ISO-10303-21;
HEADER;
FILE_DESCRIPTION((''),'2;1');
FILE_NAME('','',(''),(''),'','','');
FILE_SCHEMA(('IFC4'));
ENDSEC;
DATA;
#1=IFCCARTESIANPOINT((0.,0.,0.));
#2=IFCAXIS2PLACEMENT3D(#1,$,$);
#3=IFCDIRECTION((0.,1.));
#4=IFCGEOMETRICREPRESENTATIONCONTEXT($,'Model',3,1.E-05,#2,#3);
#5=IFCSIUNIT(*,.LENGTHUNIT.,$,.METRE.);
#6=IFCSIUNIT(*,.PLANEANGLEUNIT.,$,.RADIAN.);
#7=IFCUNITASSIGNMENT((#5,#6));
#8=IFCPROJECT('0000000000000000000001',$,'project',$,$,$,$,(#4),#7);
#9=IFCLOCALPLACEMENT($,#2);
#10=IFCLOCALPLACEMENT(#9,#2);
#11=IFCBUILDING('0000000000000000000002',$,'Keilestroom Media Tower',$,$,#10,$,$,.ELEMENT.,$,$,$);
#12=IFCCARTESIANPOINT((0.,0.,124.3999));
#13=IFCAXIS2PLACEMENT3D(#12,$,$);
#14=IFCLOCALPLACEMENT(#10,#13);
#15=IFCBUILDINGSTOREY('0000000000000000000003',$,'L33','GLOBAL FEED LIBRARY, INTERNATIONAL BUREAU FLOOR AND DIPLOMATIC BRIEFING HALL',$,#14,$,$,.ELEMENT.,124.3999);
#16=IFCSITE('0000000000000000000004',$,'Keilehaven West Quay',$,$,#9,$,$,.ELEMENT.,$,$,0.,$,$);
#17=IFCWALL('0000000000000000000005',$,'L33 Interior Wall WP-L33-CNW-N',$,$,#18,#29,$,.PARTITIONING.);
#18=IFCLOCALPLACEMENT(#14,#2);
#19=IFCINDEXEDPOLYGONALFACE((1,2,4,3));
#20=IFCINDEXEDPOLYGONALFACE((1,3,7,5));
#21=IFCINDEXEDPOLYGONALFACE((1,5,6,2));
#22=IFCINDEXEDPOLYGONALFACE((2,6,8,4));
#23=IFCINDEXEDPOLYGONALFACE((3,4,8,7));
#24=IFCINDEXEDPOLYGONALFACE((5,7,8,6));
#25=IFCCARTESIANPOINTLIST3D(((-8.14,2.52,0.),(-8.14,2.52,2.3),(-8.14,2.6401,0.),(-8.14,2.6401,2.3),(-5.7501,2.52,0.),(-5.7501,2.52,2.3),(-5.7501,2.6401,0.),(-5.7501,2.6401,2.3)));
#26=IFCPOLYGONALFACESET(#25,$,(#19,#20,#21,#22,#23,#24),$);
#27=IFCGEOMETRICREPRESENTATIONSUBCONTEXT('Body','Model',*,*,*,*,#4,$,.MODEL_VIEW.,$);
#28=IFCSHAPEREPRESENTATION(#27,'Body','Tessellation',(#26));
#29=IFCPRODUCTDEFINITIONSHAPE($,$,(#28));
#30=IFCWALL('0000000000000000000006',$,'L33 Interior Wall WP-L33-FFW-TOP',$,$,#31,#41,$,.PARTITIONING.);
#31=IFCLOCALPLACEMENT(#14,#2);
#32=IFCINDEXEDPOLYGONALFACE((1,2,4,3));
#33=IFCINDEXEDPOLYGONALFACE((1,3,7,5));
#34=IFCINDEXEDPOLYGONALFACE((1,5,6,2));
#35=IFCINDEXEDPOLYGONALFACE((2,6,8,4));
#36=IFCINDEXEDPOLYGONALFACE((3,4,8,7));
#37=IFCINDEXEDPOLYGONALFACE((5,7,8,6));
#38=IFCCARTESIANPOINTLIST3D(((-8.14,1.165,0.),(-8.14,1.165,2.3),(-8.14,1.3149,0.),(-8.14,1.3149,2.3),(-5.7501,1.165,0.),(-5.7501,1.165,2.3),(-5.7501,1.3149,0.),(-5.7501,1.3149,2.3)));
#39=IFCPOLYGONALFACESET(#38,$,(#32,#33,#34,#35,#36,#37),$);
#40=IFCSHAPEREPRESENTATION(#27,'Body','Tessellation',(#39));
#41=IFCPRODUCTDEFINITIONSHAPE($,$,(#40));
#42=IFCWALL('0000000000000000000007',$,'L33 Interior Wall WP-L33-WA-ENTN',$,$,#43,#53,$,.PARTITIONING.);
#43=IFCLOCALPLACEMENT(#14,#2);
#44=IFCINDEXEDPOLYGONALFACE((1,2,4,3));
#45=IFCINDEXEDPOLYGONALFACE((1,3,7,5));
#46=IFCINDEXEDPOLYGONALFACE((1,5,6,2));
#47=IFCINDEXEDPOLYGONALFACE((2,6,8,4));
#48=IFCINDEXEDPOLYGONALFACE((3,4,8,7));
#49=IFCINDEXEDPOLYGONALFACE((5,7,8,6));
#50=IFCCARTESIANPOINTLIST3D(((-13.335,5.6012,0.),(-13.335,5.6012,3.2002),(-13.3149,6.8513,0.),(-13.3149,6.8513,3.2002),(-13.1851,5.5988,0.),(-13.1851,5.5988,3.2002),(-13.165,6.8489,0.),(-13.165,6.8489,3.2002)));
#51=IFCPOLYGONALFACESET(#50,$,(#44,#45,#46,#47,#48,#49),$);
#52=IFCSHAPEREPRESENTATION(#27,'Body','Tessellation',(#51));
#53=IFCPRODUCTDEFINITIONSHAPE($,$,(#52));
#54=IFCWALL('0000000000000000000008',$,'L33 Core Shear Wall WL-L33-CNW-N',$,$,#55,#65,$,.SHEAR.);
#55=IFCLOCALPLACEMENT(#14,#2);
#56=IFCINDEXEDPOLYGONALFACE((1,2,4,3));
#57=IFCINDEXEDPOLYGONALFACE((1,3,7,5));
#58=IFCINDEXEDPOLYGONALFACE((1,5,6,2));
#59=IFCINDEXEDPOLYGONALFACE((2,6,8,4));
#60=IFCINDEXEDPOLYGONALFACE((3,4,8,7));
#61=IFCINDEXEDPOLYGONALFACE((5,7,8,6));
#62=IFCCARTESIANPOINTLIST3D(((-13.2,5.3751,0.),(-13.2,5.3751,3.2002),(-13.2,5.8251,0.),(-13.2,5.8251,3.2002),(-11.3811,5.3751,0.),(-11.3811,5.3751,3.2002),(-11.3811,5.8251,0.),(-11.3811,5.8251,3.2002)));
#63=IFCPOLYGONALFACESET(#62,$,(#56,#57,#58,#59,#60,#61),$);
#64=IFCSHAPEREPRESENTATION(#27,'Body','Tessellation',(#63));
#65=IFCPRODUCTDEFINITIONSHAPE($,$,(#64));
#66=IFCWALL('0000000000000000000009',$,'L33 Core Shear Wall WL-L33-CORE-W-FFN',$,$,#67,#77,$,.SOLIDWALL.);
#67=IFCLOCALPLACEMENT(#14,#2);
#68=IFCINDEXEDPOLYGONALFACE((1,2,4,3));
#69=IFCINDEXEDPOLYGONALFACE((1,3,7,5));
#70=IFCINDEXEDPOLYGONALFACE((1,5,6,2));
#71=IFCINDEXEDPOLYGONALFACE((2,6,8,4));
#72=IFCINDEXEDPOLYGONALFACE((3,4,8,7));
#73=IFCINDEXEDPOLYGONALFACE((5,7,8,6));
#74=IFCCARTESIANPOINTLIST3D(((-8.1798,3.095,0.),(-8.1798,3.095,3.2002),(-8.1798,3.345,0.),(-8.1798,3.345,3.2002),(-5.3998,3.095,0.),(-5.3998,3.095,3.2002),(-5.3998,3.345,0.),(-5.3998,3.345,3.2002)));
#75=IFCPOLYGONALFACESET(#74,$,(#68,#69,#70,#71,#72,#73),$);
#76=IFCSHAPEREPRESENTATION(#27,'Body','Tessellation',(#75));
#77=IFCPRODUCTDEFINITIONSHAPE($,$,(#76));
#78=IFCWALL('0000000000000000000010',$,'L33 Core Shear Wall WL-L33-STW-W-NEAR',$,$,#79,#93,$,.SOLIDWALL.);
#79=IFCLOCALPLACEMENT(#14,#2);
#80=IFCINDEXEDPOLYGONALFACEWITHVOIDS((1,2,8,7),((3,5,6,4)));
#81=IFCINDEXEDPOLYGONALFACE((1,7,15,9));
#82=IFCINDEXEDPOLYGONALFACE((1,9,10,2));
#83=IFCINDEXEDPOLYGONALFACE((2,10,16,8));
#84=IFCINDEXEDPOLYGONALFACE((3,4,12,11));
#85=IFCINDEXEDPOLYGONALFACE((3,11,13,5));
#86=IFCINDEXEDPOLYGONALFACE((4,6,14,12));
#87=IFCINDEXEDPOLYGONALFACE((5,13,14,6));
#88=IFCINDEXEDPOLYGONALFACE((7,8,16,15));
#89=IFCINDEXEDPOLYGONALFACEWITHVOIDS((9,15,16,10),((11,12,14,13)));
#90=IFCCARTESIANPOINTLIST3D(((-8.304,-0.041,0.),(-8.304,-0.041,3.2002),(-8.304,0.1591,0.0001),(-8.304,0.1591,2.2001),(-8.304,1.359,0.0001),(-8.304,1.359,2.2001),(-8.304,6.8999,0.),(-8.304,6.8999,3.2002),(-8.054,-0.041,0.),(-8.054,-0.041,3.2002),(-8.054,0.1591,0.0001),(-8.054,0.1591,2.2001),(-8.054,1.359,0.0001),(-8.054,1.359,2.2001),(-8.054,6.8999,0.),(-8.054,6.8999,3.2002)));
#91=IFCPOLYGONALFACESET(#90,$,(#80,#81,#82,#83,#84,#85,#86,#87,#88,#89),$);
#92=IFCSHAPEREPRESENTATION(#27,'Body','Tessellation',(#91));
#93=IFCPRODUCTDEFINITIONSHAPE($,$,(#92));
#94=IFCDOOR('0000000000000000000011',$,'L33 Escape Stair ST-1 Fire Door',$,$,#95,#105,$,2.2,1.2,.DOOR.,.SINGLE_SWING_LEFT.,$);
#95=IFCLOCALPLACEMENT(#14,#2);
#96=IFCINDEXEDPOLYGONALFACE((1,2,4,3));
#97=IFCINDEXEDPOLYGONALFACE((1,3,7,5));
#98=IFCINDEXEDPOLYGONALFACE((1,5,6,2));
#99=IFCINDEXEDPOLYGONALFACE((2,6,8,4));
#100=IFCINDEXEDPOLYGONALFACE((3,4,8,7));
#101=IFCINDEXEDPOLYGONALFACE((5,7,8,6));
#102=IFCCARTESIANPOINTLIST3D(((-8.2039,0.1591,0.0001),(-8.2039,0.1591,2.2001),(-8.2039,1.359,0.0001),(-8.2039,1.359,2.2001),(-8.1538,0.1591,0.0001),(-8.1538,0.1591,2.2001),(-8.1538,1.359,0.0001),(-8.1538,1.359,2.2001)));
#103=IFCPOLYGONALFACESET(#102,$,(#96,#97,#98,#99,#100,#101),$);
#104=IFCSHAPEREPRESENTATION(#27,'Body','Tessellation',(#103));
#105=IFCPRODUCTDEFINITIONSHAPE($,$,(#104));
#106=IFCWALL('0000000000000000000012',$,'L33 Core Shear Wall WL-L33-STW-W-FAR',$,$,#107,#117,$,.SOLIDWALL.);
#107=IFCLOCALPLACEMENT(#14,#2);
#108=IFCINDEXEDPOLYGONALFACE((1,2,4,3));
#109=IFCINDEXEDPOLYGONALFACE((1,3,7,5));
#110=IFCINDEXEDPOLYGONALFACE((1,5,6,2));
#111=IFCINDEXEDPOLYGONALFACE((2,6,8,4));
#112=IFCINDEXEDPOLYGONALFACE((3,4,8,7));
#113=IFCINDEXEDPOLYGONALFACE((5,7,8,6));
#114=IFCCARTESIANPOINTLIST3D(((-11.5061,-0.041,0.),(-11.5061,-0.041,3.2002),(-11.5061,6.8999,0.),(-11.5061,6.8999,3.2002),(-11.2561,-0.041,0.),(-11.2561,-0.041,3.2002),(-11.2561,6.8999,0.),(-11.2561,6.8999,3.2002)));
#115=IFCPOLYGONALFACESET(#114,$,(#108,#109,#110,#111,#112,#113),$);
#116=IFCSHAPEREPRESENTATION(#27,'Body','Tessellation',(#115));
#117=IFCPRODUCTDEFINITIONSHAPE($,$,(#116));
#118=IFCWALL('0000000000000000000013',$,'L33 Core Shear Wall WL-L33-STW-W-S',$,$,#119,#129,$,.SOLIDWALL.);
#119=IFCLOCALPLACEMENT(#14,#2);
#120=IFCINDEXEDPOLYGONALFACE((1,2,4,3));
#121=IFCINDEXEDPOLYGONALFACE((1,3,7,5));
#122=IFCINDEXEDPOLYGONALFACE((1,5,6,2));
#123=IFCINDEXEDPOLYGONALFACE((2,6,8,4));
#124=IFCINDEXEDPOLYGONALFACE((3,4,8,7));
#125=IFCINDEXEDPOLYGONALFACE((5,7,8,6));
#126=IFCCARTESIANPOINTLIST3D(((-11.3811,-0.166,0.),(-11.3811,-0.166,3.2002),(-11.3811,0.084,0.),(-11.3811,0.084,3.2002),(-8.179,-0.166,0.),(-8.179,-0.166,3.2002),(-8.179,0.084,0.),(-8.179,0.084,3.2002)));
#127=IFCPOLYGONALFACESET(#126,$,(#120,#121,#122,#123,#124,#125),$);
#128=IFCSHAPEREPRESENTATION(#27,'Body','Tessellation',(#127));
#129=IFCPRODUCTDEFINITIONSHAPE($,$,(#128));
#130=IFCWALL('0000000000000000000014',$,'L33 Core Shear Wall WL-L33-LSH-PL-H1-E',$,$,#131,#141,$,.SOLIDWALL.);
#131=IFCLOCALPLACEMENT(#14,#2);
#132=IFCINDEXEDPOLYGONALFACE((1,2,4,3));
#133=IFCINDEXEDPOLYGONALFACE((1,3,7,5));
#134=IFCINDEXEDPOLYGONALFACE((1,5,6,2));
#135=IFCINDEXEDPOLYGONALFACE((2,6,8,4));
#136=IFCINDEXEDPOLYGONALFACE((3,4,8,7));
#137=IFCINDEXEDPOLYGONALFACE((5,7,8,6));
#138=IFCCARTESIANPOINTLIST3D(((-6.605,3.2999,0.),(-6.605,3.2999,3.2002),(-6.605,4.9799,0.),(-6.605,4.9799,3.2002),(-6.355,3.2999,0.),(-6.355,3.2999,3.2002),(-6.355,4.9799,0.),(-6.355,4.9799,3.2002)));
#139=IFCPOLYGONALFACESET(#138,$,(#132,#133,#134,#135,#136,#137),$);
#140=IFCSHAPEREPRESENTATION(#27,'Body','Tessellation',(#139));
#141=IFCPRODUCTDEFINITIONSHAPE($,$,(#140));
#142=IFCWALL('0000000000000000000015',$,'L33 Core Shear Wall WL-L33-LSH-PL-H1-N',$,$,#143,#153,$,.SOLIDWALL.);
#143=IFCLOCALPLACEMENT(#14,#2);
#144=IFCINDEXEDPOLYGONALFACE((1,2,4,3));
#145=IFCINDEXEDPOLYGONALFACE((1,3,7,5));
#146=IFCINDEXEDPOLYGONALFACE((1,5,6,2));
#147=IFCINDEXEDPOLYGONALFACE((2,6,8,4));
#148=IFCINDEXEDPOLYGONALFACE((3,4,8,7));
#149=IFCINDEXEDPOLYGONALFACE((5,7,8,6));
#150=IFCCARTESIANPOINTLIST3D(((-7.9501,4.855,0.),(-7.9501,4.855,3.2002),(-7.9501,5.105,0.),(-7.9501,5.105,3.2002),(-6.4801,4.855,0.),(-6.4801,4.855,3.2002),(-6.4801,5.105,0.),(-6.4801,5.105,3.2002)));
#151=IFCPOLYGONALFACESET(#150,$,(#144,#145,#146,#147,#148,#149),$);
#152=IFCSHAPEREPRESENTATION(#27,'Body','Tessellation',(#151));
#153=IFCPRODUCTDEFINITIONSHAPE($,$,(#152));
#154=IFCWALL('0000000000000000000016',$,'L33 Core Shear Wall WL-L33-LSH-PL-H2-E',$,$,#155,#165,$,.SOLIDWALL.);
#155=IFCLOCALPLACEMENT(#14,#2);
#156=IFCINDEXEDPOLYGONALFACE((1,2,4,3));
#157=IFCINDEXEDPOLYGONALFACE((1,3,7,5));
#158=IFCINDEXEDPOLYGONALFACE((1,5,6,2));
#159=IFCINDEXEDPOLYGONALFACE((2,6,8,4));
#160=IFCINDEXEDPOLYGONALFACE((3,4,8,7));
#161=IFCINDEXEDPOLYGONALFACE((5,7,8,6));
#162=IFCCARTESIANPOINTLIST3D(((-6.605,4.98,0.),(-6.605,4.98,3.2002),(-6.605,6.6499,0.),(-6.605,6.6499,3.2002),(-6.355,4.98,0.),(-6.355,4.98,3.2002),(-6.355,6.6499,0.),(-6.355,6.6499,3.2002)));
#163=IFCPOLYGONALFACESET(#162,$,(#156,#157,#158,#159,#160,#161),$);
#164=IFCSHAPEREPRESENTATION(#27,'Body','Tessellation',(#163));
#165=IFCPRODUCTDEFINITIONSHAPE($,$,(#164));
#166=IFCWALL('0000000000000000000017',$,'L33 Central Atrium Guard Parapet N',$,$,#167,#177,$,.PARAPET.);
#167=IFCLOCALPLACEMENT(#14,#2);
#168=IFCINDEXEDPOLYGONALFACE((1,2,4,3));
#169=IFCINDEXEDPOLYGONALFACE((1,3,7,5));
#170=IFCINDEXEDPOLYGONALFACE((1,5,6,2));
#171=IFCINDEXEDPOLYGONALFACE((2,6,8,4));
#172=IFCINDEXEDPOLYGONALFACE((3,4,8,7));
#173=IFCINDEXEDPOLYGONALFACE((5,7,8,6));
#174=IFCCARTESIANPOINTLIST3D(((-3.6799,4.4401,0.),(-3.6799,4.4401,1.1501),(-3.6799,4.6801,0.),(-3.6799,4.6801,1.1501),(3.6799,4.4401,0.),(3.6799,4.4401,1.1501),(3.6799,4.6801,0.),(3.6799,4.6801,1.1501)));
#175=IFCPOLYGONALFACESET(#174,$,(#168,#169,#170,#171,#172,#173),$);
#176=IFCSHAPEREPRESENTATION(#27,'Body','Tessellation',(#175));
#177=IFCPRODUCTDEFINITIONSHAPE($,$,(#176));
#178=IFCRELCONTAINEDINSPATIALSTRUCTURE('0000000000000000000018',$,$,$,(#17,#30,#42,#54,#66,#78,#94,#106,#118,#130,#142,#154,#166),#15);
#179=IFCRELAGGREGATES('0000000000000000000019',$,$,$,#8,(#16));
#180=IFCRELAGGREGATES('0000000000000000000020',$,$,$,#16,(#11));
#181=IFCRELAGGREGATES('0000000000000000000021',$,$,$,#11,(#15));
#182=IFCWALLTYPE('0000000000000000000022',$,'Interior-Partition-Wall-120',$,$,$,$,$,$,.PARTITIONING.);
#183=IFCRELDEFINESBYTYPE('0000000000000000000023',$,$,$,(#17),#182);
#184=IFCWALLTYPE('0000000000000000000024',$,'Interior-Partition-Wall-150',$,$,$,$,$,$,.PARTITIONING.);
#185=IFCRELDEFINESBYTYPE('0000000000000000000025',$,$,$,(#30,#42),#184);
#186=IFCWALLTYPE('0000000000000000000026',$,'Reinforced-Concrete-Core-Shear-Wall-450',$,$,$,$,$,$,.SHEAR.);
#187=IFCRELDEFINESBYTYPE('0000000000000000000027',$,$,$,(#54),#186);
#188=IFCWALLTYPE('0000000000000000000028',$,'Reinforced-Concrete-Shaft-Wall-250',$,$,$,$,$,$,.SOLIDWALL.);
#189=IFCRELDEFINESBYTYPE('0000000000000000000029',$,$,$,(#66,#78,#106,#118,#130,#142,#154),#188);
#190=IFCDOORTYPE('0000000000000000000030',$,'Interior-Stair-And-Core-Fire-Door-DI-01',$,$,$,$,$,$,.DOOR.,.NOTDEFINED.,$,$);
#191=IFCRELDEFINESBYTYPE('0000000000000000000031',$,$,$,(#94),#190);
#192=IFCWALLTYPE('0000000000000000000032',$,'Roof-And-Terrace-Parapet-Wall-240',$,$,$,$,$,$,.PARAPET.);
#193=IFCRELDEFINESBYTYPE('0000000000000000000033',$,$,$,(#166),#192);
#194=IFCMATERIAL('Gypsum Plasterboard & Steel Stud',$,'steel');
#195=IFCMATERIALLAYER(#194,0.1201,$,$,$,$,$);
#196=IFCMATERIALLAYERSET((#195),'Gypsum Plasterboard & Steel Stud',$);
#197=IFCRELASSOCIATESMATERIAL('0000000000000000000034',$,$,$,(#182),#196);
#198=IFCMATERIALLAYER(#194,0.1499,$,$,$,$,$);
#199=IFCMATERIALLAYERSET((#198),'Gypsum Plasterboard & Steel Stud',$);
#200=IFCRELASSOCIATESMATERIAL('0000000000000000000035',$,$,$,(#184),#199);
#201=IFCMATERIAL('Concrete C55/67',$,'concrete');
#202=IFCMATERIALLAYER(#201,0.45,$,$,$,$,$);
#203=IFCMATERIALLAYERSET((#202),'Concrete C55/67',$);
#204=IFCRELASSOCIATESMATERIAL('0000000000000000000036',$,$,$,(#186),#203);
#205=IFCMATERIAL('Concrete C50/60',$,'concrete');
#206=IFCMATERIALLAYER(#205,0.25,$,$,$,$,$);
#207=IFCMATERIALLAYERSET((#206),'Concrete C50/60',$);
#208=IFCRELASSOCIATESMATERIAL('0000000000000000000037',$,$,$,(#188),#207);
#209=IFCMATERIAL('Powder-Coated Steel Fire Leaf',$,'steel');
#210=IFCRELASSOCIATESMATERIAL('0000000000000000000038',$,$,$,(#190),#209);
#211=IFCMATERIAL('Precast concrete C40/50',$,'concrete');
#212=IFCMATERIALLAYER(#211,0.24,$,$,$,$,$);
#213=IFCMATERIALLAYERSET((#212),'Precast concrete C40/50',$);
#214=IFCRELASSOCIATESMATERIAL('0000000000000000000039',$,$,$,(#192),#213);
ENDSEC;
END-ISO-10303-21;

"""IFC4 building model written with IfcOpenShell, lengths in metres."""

from ifc_helpers import new_model, si_unit, direction, frame, frame_2d, origin, place, context, subcontext, project, spatial, rectangle, extrude, source, transform, mapped, material, layer, layer_set, type_object, element, fill, save


model = new_model("IFC4")

# Units and contexts
model_context = context("Model", 3, precision=1e-05, world=origin(), true_north=direction((0.0, 1.0)))
body_context = subcontext(model_context, "Body", "Model", "MODEL_VIEW")
ifc_project = project(units=[si_unit("LENGTHUNIT", "METRE"), si_unit("PLANEANGLEUNIT", "RADIAN")], contexts=[model_context])

# Site, building, storey
site_placement = place(None, origin())
site = spatial("IfcSite", under=ifc_project, at=site_placement, Name="Keilehaven West Quay", CompositionType="ELEMENT", RefElevation=0.0)
building_placement = place(site_placement, origin())
building = spatial("IfcBuilding", under=site, at=building_placement, Name="Keilestroom Media Tower", CompositionType="ELEMENT")
storey_placement = place(building_placement, frame((0.0, 0.0, 124.3999)))
storey = spatial("IfcBuildingStorey", under=building, at=storey_placement, Name="L33", Description="GLOBAL FEED LIBRARY, INTERNATIONAL BUREAU FLOOR AND DIPLOMATIC BRIEFING HALL", CompositionType="ELEMENT", Elevation=124.3999)

# Shared definitions
ifc_material_1 = material(Name="Concrete C50/60", Category="concrete")

# Walls
ifc_material_2 = material(Name="Gypsum Plasterboard & Steel Stud", Category="steel")
ifc_layer_1 = layer(ifc_material_2, 0.1201)
ifc_layer_set_1 = layer_set([ifc_layer_1], Name="Gypsum Plasterboard & Steel Stud")
wall_type_1 = type_object("IfcWallType", Name="Interior-Partition-Wall-120", PredefinedType="PARTITIONING", material=ifc_layer_set_1)
wall_1_placement = place(storey_placement, frame((-8.1399, 2.5801, 0.0), z_axis=(0.0, 0.0, 1.0), x_axis=(1.0, 0.0, 0.0)))
element("IfcWall", 1, at=wall_1_placement, inside=storey, type_object=wall_type_1, Name="L33 Interior Wall WP-L33-CNW-N", PredefinedType="PARTITIONING", context=body_context, shape_type="SweptSolid", body=[
    extrude(rectangle(XDim=2.3899, YDim=0.1201, at=frame_2d((1.1948, 0.0))), origin(), (0.0, 0.0, 1.0), 2.3),
])
ifc_layer_2 = layer(ifc_material_2, 0.1499)
ifc_layer_set_2 = layer_set([ifc_layer_2], Name="Gypsum Plasterboard & Steel Stud")
wall_type_2 = type_object("IfcWallType", Name="Interior-Partition-Wall-150", PredefinedType="PARTITIONING", material=ifc_layer_set_2)
wall_2_placement = place(storey_placement, frame((-8.1399, 1.24, 0.0), z_axis=(0.0, 0.0, 1.0), x_axis=(1.0, 0.0, 0.0)))
element("IfcWall", 2, at=wall_2_placement, inside=storey, type_object=wall_type_2, Name="L33 Interior Wall WP-L33-FFW-TOP", PredefinedType="PARTITIONING", context=body_context, shape_type="SweptSolid", body=[
    extrude(rectangle(XDim=2.3899, YDim=0.1499, at=frame_2d((1.1948, 0.0))), origin(), (0.0, 0.0, 1.0), 2.3),
])
wall_3_placement = place(storey_placement, frame((-13.26, 5.6001, 0.0), z_axis=(0.0, 0.0, 1.0), x_axis=(0.016014, 0.999872, 0.0)))
element("IfcWall", 3, at=wall_3_placement, inside=storey, type_object=wall_type_2, Name="L33 Interior Wall WP-L33-WA-ENTN", PredefinedType="PARTITIONING", context=body_context, shape_type="SweptSolid", body=[
    extrude(rectangle(XDim=1.2502, YDim=0.1499, at=frame_2d((0.625, 0.0))), origin(), (0.0, 0.0, 1.0), 3.2002),
])
ifc_material_3 = material(Name="Concrete C55/67", Category="concrete")
ifc_layer_3 = layer(ifc_material_3, 0.45)
ifc_layer_set_3 = layer_set([ifc_layer_3], Name="Concrete C55/67")
wall_type_3 = type_object("IfcWallType", Name="Reinforced-Concrete-Core-Shear-Wall-450", PredefinedType="SHEAR", material=ifc_layer_set_3)
wall_4_placement = place(storey_placement, frame((-13.2, 5.6001, 0.0), z_axis=(0.0, 0.0, 1.0), x_axis=(1.0, 0.0, 0.0)))
element("IfcWall", 4, at=wall_4_placement, inside=storey, type_object=wall_type_3, Name="L33 Core Shear Wall WL-L33-CNW-N", PredefinedType="SHEAR", context=body_context, shape_type="SweptSolid", body=[
    extrude(rectangle(XDim=1.8188, YDim=0.45, at=frame_2d((0.9094, 0.0))), origin(), (0.0, 0.0, 1.0), 3.2002),
])
ifc_layer_4 = layer(ifc_material_1, 0.25)
ifc_layer_set_4 = layer_set([ifc_layer_4], Name="Concrete C50/60")
wall_type_4 = type_object("IfcWallType", Name="Reinforced-Concrete-Shaft-Wall-250", PredefinedType="SOLIDWALL", material=ifc_layer_set_4)
wall_5_placement = place(storey_placement, frame((-8.1799, 3.22, 0.0), z_axis=(0.0, 0.0, 1.0), x_axis=(1.0, 0.0, 0.0)))
element("IfcWall", 5, at=wall_5_placement, inside=storey, type_object=wall_type_4, Name="L33 Core Shear Wall WL-L33-CORE-W-FFN", PredefinedType="SOLIDWALL", context=body_context, shape_type="SweptSolid", body=[
    extrude(rectangle(XDim=2.78, YDim=0.25, at=frame_2d((1.3901, 0.0))), origin(), (0.0, 0.0, 1.0), 3.2002),
])

# Wall, opening, door
wall_6_placement = place(storey_placement, frame((-8.179, -0.041, 0.0), z_axis=(0.0, 0.0, 1.0), x_axis=(0.0, 1.0, 0.0)))
wall_6 = element("IfcWall", 6, at=wall_6_placement, inside=storey, type_object=wall_type_4, Name="L33 Core Shear Wall WL-L33-STW-W-NEAR", PredefinedType="SOLIDWALL", context=body_context, shape_type="SweptSolid", body=[
    extrude(rectangle(XDim=6.9409, YDim=0.25, at=frame_2d((3.4705, 0.0))), origin(), (0.0, 0.0, 1.0), 3.2002),
])
opening_placement = place(wall_6_placement, frame((0.2, 0.0, 0.0)))
opening = element("IfcOpeningElement", 7, at=opening_placement, cuts=wall_6, PredefinedType="OPENING", context=body_context, shape_type="SweptSolid", body=[
    extrude(rectangle(XDim=1.2, YDim=2.2, at=frame_2d((0.6001, 1.1001))), frame((0.0, 0.135, 0.0), z_axis=(0.0, -1.0, 0.0), x_axis=(1.0, 0.0, 0.0)), (0.0, 0.0, 1.0), 0.27),
])
ifc_material_4 = material(Name="Powder-Coated Steel Fire Leaf", Category="steel")
door_type = type_object("IfcDoorType", Name="Interior-Stair-And-Core-Fire-Door-DI-01", OperationType="NOTDEFINED", PredefinedType="DOOR", material=ifc_material_4)
shared_shape_1 = source(origin(), body_context, "Body", "SweptSolid", [
    extrude(rectangle(XDim=1.2, YDim=2.2, at=frame_2d((0.6001, 1.1001))), frame((0.0, 0.0249, 0.0), z_axis=(0.0, -1.0, 0.0), x_axis=(1.0, 0.0, 0.0)), (0.0, 0.0, 1.0), 0.05),
])
door_placement = place(opening_placement, origin())
door = element("IfcDoor", 8, at=door_placement, inside=storey, type_object=door_type, Name="L33 Escape Stair ST-1 Fire Door", OperationType="SINGLE_SWING_LEFT", OverallHeight=2.2, OverallWidth=1.2, PredefinedType="DOOR", context=body_context, shape_type="MappedRepresentation", body=[
    mapped(shared_shape_1, transform((0.0, 0.0, 0.0), x_axis=(1.0, 0.0, 0.0), y_axis=(0.0, 1.0, 0.0), z_axis=(0.0, 0.0, 1.0), scale=1.0)),
])
fill(opening, door)

# Walls
wall_7_placement = place(storey_placement, frame((-11.3811, -0.041, 0.0), z_axis=(0.0, 0.0, 1.0), x_axis=(0.0, 1.0, 0.0)))
element("IfcWall", 9, at=wall_7_placement, inside=storey, type_object=wall_type_4, Name="L33 Core Shear Wall WL-L33-STW-W-FAR", PredefinedType="SOLIDWALL", context=body_context, shape_type="SweptSolid", body=[
    extrude(rectangle(XDim=6.9409, YDim=0.25, at=frame_2d((3.4705, 0.0))), origin(), (0.0, 0.0, 1.0), 3.2002),
])
wall_8_placement = place(storey_placement, frame((-11.3811, -0.041, 0.0), z_axis=(0.0, 0.0, 1.0), x_axis=(1.0, 0.0, 0.0)))
element("IfcWall", 10, at=wall_8_placement, inside=storey, type_object=wall_type_4, Name="L33 Core Shear Wall WL-L33-STW-W-S", PredefinedType="SOLIDWALL", context=body_context, shape_type="SweptSolid", body=[
    extrude(rectangle(XDim=3.2021, YDim=0.25, at=frame_2d((1.6011, 0.0))), origin(), (0.0, 0.0, 1.0), 3.2002),
])
wall_9_placement = place(storey_placement, frame((-6.48, 3.3, 0.0), z_axis=(0.0, 0.0, 1.0), x_axis=(0.0, 1.0, 0.0)))
element("IfcWall", 11, at=wall_9_placement, inside=storey, type_object=wall_type_4, Name="L33 Core Shear Wall WL-L33-LSH-PL-H1-E", PredefinedType="SOLIDWALL", context=body_context, shape_type="SweptSolid", body=[
    extrude(rectangle(XDim=1.6799, YDim=0.25, at=frame_2d((0.8398, 0.0))), origin(), (0.0, 0.0, 1.0), 3.2002),
])
wall_10_placement = place(storey_placement, frame((-7.95, 4.98, 0.0), z_axis=(0.0, 0.0, 1.0), x_axis=(1.0, 0.0, 0.0)))
element("IfcWall", 12, at=wall_10_placement, inside=storey, type_object=wall_type_4, Name="L33 Core Shear Wall WL-L33-LSH-PL-H1-N", PredefinedType="SOLIDWALL", context=body_context, shape_type="SweptSolid", body=[
    extrude(rectangle(XDim=1.47, YDim=0.25, at=frame_2d((0.7349, 0.0))), origin(), (0.0, 0.0, 1.0), 3.2002),
])
wall_11_placement = place(storey_placement, frame((-6.48, 4.98, 0.0), z_axis=(0.0, 0.0, 1.0), x_axis=(0.0, 1.0, 0.0)))
element("IfcWall", 13, at=wall_11_placement, inside=storey, type_object=wall_type_4, Name="L33 Core Shear Wall WL-L33-LSH-PL-H2-E", PredefinedType="SOLIDWALL", context=body_context, shape_type="SweptSolid", body=[
    extrude(rectangle(XDim=1.6699, YDim=0.25, at=frame_2d((0.835, 0.0))), origin(), (0.0, 0.0, 1.0), 3.2002),
])
ifc_material_5 = material(Name="Precast concrete C40/50", Category="concrete")
ifc_layer_5 = layer(ifc_material_5, 0.24)
ifc_layer_set_5 = layer_set([ifc_layer_5], Name="Precast concrete C40/50")
wall_type_5 = type_object("IfcWallType", Name="Roof-And-Terrace-Parapet-Wall-240", PredefinedType="PARAPET", material=ifc_layer_set_5)
wall_12_placement = place(storey_placement, frame((-3.6799, 4.5601, 0.0), z_axis=(0.0, 0.0, 1.0), x_axis=(1.0, 0.0, 0.0)))
element("IfcWall", 14, at=wall_12_placement, inside=storey, type_object=wall_type_5, Name="L33 Central Atrium Guard Parapet N", PredefinedType="PARAPET", context=body_context, shape_type="SweptSolid", body=[
    extrude(rectangle(XDim=7.3599, YDim=0.24, at=frame_2d((3.6799, 0.0))), origin(), (0.0, 0.0, 1.0), 1.1501),
])

save(model, "model.ifc")
